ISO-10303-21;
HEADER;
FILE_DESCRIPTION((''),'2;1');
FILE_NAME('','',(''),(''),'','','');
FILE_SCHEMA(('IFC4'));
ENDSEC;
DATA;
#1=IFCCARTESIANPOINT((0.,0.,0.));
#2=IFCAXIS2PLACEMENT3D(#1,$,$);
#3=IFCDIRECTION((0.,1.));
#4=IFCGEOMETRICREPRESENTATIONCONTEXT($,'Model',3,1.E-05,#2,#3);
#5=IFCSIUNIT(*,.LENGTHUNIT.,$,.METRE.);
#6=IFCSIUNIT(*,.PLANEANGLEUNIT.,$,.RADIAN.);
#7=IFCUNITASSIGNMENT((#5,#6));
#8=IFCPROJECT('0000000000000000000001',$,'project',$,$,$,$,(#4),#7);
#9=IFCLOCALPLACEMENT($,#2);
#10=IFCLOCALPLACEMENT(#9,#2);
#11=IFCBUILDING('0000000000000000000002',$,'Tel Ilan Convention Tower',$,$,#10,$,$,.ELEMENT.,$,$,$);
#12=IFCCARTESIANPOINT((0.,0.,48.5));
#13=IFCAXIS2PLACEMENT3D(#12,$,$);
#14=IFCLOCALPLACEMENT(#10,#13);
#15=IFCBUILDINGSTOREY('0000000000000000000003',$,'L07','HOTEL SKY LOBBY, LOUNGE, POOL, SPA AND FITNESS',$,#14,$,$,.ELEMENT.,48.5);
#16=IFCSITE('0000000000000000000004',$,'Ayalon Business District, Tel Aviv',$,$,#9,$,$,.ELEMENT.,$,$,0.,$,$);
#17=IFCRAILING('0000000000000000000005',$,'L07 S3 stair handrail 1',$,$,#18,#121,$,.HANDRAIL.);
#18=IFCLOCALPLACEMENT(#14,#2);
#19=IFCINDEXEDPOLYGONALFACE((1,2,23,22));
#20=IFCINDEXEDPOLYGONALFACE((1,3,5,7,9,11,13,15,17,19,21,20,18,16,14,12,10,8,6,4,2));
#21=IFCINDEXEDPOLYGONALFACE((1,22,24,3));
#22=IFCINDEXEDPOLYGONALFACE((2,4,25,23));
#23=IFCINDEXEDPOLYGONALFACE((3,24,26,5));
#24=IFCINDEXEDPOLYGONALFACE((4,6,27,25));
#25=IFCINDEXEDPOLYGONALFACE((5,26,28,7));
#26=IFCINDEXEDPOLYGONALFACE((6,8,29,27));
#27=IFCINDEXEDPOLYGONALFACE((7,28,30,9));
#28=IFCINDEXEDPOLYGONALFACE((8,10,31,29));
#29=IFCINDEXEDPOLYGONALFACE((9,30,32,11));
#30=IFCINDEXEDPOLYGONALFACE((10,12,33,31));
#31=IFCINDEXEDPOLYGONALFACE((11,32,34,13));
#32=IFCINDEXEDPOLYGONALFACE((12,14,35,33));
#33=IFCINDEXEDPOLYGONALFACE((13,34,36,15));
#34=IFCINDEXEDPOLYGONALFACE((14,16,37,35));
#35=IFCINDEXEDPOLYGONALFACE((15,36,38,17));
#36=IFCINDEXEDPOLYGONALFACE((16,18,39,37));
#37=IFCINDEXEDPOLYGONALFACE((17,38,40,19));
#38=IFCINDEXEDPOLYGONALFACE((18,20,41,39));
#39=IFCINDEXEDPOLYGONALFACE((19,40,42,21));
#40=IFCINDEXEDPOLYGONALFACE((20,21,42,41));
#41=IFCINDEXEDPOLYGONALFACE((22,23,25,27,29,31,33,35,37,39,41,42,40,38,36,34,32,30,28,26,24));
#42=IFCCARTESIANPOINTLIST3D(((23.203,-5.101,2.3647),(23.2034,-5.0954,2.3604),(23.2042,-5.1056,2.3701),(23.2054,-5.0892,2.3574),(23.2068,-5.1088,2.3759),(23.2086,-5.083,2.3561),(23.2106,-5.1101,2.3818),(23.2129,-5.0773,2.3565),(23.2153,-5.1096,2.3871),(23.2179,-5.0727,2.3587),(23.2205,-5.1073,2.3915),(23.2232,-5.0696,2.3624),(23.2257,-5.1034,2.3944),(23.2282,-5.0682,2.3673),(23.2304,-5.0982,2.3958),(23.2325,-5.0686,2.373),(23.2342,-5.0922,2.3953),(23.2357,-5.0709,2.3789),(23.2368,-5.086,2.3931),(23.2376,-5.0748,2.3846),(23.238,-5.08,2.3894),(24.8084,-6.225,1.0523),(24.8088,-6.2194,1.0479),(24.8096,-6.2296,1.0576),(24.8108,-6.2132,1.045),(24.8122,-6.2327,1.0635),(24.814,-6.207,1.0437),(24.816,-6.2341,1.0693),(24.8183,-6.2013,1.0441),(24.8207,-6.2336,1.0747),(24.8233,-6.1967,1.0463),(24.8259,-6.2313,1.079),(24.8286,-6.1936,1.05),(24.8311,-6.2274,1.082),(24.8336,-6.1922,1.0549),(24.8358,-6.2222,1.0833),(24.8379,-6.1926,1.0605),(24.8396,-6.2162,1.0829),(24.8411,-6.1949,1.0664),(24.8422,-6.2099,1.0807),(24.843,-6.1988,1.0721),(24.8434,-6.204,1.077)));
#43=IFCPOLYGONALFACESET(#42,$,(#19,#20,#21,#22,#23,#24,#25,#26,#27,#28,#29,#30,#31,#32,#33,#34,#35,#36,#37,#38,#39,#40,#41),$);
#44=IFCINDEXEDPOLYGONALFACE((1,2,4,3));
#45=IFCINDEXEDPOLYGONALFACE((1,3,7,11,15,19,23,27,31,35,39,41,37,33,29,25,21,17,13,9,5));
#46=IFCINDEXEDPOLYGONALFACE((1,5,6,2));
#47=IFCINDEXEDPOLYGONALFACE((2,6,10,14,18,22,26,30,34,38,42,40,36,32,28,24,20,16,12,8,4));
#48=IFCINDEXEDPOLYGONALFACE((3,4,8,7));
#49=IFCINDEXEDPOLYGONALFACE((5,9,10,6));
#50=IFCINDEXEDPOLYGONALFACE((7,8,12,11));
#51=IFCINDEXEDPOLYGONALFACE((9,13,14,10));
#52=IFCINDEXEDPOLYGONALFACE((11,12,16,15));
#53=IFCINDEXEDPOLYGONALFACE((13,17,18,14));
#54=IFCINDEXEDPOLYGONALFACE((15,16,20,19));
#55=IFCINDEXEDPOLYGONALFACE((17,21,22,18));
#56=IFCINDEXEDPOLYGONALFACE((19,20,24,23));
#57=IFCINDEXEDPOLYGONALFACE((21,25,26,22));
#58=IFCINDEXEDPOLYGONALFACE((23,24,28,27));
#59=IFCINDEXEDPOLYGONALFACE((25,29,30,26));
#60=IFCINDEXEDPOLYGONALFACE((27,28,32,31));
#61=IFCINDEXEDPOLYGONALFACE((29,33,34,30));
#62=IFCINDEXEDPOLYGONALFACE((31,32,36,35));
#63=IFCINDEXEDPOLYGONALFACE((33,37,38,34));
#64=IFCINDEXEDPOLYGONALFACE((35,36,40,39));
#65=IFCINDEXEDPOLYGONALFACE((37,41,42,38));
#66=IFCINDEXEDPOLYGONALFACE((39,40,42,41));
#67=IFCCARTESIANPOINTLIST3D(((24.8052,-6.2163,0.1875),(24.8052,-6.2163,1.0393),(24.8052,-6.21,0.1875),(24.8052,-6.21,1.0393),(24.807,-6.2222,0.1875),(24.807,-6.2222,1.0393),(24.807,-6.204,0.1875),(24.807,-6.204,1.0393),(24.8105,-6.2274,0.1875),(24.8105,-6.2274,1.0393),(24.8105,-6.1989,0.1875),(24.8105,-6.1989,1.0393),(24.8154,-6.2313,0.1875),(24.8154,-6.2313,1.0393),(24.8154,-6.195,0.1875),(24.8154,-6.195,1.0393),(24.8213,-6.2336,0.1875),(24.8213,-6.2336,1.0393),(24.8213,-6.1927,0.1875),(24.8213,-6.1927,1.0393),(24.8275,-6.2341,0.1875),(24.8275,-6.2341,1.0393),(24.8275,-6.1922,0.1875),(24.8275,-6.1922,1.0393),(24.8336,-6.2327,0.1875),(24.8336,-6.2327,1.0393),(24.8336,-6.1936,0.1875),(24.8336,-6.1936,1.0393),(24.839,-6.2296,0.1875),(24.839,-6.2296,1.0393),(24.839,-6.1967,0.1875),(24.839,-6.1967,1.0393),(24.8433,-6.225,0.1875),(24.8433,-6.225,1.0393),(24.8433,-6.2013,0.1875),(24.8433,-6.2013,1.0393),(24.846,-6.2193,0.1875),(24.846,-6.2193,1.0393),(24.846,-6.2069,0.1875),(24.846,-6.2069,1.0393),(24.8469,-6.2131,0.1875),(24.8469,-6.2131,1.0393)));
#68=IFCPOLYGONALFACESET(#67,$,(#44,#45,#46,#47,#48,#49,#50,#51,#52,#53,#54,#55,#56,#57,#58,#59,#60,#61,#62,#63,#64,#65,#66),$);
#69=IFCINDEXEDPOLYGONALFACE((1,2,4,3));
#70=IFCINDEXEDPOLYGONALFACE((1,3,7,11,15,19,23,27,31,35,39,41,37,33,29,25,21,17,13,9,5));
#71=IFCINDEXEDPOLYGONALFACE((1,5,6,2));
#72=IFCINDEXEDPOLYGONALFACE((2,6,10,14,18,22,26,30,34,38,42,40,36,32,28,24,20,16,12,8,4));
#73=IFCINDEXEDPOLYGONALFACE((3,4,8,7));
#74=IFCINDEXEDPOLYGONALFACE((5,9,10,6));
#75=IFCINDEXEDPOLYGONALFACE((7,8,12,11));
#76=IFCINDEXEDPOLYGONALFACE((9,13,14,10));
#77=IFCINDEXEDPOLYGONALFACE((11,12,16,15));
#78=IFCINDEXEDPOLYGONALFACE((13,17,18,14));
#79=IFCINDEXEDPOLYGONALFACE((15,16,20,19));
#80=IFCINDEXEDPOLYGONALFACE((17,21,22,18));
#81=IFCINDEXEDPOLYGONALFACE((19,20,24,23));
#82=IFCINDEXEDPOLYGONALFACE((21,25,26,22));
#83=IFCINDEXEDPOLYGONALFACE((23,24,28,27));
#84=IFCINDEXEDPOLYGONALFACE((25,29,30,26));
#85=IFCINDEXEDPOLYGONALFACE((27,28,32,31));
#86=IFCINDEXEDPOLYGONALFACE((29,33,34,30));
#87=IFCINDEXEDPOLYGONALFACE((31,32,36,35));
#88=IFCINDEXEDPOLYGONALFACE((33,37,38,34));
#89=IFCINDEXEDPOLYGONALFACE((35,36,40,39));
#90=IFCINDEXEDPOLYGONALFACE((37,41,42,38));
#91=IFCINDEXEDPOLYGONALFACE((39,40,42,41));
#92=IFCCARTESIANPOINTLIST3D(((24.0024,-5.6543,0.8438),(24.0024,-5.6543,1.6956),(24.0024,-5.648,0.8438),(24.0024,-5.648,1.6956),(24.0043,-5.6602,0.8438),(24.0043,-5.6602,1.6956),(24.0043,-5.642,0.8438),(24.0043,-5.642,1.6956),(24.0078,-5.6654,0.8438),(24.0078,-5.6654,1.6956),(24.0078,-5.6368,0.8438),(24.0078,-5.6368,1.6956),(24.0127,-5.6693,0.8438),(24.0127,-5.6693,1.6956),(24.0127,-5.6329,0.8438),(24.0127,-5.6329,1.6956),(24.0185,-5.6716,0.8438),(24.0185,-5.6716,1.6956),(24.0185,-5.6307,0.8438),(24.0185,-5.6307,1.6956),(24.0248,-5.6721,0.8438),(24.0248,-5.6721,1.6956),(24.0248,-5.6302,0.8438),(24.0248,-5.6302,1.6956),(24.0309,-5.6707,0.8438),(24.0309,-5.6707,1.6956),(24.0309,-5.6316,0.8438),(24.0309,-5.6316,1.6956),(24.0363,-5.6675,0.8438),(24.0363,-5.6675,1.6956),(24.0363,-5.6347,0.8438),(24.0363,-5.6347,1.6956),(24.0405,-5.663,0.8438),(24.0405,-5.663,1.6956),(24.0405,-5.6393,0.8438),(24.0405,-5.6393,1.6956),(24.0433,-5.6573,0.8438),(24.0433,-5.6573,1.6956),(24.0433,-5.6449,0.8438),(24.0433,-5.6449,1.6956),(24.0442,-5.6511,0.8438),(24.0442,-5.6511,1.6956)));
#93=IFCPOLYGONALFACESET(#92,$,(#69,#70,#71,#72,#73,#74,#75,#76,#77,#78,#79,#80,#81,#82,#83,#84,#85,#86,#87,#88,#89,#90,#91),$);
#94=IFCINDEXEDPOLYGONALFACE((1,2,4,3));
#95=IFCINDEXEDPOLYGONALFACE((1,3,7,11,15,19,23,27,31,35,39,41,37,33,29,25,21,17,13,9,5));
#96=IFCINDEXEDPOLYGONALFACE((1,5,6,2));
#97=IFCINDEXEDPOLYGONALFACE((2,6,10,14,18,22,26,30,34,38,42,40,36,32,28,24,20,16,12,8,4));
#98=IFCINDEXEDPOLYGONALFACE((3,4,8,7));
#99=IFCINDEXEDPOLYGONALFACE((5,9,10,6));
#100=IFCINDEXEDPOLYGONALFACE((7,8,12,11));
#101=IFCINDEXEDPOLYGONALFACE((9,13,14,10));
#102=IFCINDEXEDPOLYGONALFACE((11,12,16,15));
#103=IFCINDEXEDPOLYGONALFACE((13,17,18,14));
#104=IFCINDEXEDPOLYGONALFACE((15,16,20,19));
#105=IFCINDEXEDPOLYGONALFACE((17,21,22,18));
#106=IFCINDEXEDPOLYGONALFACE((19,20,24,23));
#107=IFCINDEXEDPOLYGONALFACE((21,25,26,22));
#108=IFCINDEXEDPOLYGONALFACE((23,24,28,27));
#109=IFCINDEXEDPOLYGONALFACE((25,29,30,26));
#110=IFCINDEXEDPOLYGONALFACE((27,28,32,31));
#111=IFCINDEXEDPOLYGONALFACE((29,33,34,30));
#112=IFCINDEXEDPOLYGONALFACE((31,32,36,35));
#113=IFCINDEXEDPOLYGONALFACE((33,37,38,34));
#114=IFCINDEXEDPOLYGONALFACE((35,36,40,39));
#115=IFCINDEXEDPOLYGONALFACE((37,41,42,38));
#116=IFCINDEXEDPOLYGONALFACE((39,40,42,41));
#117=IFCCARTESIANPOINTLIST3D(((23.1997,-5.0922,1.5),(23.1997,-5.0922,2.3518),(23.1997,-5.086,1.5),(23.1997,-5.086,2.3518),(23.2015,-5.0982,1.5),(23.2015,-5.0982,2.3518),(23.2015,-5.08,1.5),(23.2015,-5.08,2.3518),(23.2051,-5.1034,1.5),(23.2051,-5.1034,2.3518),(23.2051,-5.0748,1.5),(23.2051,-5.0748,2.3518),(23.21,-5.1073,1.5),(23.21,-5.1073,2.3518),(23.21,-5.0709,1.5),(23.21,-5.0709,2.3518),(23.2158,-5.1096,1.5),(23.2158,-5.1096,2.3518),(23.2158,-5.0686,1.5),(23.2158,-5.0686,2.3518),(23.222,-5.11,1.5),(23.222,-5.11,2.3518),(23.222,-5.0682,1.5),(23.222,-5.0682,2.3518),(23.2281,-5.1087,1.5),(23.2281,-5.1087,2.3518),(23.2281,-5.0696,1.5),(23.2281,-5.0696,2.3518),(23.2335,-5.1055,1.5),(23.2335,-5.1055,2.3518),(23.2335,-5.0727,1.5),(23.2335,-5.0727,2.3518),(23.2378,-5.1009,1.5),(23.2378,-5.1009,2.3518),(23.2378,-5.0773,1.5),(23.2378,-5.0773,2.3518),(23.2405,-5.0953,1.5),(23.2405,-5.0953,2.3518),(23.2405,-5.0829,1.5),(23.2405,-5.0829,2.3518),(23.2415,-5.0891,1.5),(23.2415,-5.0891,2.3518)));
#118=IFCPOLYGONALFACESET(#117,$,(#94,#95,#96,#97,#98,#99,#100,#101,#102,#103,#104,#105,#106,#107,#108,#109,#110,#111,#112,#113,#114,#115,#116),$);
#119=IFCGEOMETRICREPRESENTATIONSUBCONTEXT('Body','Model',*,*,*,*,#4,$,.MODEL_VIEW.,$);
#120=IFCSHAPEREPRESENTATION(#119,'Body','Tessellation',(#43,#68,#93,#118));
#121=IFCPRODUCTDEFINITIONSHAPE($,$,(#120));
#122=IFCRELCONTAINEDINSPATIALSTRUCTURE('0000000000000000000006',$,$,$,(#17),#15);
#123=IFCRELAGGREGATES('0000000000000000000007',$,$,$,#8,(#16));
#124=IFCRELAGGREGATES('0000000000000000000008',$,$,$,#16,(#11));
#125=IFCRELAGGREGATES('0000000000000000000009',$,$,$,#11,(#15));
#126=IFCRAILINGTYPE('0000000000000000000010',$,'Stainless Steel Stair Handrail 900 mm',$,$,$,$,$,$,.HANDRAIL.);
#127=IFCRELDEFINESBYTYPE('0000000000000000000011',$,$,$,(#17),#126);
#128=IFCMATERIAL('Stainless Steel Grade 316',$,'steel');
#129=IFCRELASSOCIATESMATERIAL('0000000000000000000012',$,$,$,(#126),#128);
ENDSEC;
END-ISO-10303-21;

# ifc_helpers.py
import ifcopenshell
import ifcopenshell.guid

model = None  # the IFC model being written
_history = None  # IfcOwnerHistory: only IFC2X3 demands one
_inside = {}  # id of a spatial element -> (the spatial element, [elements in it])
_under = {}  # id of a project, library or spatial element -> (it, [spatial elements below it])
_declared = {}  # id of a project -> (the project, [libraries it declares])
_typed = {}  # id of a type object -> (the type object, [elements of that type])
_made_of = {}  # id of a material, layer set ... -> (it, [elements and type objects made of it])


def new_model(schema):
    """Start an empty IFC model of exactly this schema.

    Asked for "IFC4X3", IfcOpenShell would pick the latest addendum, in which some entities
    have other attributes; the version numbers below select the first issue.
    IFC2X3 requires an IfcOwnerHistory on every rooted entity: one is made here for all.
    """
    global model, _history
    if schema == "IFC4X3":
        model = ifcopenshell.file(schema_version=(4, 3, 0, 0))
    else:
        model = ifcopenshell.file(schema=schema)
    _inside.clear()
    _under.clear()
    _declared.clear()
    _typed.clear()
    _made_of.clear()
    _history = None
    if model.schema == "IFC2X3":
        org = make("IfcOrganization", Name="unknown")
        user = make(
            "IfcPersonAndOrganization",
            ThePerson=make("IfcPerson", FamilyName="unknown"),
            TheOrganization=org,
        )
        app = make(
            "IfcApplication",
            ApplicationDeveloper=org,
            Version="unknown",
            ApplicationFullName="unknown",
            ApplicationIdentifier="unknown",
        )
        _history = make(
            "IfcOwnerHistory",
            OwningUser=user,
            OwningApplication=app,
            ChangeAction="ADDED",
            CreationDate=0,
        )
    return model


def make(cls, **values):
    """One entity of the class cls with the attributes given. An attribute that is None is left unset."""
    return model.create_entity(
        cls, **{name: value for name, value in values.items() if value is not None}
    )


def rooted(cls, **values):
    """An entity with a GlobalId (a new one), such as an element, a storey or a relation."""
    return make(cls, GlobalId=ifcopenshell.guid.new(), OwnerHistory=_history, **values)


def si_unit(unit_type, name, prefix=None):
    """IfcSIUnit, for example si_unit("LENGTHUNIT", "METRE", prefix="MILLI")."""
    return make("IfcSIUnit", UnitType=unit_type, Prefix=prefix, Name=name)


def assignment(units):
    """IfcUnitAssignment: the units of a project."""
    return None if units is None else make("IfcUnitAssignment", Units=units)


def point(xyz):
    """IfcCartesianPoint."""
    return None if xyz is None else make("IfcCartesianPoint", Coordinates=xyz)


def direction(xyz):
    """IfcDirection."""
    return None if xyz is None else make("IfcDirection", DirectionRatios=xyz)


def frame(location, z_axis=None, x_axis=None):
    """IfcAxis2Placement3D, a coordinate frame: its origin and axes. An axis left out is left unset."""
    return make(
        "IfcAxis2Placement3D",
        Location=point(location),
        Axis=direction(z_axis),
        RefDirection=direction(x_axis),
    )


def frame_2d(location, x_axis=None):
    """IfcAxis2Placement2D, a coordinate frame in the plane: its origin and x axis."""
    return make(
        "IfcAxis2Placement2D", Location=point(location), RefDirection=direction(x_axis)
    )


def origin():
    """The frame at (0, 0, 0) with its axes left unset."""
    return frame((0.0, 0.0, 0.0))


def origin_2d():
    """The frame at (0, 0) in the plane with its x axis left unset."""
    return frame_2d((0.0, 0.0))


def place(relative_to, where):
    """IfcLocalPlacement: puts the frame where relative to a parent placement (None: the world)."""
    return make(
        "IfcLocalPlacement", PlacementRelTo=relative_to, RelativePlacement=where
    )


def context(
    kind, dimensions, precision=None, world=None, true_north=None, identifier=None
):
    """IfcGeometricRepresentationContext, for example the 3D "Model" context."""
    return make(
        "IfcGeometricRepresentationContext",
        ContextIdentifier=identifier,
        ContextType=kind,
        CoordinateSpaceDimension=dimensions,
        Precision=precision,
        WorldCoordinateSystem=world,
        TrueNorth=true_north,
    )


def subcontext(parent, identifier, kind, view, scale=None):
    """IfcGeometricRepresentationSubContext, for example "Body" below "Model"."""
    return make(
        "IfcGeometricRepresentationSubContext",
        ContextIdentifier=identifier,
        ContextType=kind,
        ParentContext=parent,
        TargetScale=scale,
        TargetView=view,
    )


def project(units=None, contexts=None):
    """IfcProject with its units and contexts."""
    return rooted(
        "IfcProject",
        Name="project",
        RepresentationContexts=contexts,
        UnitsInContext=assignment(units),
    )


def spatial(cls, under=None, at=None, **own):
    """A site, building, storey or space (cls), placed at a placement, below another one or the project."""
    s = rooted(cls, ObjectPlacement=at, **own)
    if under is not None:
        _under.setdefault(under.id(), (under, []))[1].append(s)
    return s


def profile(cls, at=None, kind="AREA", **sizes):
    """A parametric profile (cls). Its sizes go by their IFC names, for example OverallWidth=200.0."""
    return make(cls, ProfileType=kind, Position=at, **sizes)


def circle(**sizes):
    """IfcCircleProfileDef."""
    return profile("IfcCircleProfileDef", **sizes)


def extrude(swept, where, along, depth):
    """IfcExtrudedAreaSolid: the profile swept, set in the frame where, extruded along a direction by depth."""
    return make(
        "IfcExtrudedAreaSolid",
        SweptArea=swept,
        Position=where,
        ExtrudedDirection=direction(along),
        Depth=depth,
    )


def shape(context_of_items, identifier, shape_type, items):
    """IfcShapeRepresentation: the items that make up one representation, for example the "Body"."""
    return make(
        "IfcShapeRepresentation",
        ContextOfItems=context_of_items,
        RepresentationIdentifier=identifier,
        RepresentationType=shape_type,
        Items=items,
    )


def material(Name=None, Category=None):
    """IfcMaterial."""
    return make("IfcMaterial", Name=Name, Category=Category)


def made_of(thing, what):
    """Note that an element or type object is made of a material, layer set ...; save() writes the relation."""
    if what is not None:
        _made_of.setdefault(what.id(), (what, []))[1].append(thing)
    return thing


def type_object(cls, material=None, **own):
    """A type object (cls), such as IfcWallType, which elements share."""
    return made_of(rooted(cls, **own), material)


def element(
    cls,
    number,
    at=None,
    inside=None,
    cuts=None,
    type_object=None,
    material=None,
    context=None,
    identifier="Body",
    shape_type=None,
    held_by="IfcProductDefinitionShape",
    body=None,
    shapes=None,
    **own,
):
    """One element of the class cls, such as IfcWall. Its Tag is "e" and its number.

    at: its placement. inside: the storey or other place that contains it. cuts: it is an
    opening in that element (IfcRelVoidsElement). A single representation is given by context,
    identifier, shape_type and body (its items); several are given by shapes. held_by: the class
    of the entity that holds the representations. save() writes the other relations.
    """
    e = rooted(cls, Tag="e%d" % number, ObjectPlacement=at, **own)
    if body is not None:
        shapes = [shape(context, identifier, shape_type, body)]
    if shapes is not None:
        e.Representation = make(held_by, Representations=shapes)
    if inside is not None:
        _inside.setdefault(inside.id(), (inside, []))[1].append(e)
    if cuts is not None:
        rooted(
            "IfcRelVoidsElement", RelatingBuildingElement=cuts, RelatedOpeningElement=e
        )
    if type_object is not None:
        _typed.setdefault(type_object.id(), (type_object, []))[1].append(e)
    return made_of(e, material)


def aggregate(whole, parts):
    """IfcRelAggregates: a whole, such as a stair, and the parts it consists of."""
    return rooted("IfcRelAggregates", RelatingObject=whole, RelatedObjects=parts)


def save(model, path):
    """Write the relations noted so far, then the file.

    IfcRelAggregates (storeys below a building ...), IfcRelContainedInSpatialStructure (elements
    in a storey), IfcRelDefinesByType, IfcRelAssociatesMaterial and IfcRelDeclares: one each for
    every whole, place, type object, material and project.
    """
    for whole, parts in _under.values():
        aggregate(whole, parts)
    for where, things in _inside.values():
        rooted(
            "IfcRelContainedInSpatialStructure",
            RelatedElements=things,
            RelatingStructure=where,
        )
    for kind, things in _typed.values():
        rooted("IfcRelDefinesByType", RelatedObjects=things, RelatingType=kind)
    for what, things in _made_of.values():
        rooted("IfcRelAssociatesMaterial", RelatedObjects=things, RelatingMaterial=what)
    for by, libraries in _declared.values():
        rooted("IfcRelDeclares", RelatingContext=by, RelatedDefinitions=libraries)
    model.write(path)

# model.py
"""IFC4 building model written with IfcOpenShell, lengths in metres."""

from ifc_helpers import new_model, si_unit, direction, frame, origin, origin_2d, place, context, subcontext, project, spatial, circle, extrude, material, type_object, element, save


model = new_model("IFC4")

# Units and contexts
model_context = context("Model", 3, precision=1e-05, world=origin(), true_north=direction((0.0, 1.0)))
body_context = subcontext(model_context, "Body", "Model", "MODEL_VIEW")
ifc_project = project(units=[si_unit("LENGTHUNIT", "METRE"), si_unit("PLANEANGLEUNIT", "RADIAN")], contexts=[model_context])

# Site, building, storey
site_placement = place(None, origin())
site = spatial("IfcSite", under=ifc_project, at=site_placement, Name="Ayalon Business District, Tel Aviv", CompositionType="ELEMENT", RefElevation=0.0)
building_placement = place(site_placement, origin())
building = spatial("IfcBuilding", under=site, at=building_placement, Name="Tel Ilan Convention Tower", CompositionType="ELEMENT")
storey_placement = place(building_placement, frame((0.0, 0.0, 48.5)))
storey = spatial("IfcBuildingStorey", under=building, at=storey_placement, Name="L07", Description="HOTEL SKY LOBBY, LOUNGE, POOL, SPA AND FITNESS", CompositionType="ELEMENT", Elevation=48.5)

# Railing
ifc_material_1 = material(Name="Stainless Steel Grade 316", Category="steel")
railing_type_1 = type_object("IfcRailingType", Name="Stainless Steel Stair Handrail 900 mm", PredefinedType="HANDRAIL", material=ifc_material_1)
railing_1_placement = place(storey_placement, frame((24.8259, -6.2131, 0.1875)))
element("IfcRailing", 1, at=railing_1_placement, inside=storey, type_object=railing_type_1, Name="L07 S3 stair handrail 1", PredefinedType="HANDRAIL", context=body_context, shape_type="SweptSolid", body=[
    extrude(circle(Radius=0.0239, at=origin_2d()), frame((0.0, 0.0, 0.876), z_axis=(-0.680649, 0.476537, 0.556443), x_axis=(-0.573529, -0.819185, 0.0)), (0.0, 0.0, 1.0), 2.3586),
    extrude(circle(Radius=0.021, at=origin_2d()), origin(), (0.0, 0.0, 1.0), 0.8518),
    extrude(circle(Radius=0.021, at=origin_2d()), frame((-0.8027, 0.562, 0.6562)), (0.0, 0.0, 1.0), 0.8518),
    extrude(circle(Radius=0.021, at=origin_2d()), frame((-1.6055, 1.124, 1.3125)), (0.0, 0.0, 1.0), 0.8518),
])

save(model, "model.ifc")
